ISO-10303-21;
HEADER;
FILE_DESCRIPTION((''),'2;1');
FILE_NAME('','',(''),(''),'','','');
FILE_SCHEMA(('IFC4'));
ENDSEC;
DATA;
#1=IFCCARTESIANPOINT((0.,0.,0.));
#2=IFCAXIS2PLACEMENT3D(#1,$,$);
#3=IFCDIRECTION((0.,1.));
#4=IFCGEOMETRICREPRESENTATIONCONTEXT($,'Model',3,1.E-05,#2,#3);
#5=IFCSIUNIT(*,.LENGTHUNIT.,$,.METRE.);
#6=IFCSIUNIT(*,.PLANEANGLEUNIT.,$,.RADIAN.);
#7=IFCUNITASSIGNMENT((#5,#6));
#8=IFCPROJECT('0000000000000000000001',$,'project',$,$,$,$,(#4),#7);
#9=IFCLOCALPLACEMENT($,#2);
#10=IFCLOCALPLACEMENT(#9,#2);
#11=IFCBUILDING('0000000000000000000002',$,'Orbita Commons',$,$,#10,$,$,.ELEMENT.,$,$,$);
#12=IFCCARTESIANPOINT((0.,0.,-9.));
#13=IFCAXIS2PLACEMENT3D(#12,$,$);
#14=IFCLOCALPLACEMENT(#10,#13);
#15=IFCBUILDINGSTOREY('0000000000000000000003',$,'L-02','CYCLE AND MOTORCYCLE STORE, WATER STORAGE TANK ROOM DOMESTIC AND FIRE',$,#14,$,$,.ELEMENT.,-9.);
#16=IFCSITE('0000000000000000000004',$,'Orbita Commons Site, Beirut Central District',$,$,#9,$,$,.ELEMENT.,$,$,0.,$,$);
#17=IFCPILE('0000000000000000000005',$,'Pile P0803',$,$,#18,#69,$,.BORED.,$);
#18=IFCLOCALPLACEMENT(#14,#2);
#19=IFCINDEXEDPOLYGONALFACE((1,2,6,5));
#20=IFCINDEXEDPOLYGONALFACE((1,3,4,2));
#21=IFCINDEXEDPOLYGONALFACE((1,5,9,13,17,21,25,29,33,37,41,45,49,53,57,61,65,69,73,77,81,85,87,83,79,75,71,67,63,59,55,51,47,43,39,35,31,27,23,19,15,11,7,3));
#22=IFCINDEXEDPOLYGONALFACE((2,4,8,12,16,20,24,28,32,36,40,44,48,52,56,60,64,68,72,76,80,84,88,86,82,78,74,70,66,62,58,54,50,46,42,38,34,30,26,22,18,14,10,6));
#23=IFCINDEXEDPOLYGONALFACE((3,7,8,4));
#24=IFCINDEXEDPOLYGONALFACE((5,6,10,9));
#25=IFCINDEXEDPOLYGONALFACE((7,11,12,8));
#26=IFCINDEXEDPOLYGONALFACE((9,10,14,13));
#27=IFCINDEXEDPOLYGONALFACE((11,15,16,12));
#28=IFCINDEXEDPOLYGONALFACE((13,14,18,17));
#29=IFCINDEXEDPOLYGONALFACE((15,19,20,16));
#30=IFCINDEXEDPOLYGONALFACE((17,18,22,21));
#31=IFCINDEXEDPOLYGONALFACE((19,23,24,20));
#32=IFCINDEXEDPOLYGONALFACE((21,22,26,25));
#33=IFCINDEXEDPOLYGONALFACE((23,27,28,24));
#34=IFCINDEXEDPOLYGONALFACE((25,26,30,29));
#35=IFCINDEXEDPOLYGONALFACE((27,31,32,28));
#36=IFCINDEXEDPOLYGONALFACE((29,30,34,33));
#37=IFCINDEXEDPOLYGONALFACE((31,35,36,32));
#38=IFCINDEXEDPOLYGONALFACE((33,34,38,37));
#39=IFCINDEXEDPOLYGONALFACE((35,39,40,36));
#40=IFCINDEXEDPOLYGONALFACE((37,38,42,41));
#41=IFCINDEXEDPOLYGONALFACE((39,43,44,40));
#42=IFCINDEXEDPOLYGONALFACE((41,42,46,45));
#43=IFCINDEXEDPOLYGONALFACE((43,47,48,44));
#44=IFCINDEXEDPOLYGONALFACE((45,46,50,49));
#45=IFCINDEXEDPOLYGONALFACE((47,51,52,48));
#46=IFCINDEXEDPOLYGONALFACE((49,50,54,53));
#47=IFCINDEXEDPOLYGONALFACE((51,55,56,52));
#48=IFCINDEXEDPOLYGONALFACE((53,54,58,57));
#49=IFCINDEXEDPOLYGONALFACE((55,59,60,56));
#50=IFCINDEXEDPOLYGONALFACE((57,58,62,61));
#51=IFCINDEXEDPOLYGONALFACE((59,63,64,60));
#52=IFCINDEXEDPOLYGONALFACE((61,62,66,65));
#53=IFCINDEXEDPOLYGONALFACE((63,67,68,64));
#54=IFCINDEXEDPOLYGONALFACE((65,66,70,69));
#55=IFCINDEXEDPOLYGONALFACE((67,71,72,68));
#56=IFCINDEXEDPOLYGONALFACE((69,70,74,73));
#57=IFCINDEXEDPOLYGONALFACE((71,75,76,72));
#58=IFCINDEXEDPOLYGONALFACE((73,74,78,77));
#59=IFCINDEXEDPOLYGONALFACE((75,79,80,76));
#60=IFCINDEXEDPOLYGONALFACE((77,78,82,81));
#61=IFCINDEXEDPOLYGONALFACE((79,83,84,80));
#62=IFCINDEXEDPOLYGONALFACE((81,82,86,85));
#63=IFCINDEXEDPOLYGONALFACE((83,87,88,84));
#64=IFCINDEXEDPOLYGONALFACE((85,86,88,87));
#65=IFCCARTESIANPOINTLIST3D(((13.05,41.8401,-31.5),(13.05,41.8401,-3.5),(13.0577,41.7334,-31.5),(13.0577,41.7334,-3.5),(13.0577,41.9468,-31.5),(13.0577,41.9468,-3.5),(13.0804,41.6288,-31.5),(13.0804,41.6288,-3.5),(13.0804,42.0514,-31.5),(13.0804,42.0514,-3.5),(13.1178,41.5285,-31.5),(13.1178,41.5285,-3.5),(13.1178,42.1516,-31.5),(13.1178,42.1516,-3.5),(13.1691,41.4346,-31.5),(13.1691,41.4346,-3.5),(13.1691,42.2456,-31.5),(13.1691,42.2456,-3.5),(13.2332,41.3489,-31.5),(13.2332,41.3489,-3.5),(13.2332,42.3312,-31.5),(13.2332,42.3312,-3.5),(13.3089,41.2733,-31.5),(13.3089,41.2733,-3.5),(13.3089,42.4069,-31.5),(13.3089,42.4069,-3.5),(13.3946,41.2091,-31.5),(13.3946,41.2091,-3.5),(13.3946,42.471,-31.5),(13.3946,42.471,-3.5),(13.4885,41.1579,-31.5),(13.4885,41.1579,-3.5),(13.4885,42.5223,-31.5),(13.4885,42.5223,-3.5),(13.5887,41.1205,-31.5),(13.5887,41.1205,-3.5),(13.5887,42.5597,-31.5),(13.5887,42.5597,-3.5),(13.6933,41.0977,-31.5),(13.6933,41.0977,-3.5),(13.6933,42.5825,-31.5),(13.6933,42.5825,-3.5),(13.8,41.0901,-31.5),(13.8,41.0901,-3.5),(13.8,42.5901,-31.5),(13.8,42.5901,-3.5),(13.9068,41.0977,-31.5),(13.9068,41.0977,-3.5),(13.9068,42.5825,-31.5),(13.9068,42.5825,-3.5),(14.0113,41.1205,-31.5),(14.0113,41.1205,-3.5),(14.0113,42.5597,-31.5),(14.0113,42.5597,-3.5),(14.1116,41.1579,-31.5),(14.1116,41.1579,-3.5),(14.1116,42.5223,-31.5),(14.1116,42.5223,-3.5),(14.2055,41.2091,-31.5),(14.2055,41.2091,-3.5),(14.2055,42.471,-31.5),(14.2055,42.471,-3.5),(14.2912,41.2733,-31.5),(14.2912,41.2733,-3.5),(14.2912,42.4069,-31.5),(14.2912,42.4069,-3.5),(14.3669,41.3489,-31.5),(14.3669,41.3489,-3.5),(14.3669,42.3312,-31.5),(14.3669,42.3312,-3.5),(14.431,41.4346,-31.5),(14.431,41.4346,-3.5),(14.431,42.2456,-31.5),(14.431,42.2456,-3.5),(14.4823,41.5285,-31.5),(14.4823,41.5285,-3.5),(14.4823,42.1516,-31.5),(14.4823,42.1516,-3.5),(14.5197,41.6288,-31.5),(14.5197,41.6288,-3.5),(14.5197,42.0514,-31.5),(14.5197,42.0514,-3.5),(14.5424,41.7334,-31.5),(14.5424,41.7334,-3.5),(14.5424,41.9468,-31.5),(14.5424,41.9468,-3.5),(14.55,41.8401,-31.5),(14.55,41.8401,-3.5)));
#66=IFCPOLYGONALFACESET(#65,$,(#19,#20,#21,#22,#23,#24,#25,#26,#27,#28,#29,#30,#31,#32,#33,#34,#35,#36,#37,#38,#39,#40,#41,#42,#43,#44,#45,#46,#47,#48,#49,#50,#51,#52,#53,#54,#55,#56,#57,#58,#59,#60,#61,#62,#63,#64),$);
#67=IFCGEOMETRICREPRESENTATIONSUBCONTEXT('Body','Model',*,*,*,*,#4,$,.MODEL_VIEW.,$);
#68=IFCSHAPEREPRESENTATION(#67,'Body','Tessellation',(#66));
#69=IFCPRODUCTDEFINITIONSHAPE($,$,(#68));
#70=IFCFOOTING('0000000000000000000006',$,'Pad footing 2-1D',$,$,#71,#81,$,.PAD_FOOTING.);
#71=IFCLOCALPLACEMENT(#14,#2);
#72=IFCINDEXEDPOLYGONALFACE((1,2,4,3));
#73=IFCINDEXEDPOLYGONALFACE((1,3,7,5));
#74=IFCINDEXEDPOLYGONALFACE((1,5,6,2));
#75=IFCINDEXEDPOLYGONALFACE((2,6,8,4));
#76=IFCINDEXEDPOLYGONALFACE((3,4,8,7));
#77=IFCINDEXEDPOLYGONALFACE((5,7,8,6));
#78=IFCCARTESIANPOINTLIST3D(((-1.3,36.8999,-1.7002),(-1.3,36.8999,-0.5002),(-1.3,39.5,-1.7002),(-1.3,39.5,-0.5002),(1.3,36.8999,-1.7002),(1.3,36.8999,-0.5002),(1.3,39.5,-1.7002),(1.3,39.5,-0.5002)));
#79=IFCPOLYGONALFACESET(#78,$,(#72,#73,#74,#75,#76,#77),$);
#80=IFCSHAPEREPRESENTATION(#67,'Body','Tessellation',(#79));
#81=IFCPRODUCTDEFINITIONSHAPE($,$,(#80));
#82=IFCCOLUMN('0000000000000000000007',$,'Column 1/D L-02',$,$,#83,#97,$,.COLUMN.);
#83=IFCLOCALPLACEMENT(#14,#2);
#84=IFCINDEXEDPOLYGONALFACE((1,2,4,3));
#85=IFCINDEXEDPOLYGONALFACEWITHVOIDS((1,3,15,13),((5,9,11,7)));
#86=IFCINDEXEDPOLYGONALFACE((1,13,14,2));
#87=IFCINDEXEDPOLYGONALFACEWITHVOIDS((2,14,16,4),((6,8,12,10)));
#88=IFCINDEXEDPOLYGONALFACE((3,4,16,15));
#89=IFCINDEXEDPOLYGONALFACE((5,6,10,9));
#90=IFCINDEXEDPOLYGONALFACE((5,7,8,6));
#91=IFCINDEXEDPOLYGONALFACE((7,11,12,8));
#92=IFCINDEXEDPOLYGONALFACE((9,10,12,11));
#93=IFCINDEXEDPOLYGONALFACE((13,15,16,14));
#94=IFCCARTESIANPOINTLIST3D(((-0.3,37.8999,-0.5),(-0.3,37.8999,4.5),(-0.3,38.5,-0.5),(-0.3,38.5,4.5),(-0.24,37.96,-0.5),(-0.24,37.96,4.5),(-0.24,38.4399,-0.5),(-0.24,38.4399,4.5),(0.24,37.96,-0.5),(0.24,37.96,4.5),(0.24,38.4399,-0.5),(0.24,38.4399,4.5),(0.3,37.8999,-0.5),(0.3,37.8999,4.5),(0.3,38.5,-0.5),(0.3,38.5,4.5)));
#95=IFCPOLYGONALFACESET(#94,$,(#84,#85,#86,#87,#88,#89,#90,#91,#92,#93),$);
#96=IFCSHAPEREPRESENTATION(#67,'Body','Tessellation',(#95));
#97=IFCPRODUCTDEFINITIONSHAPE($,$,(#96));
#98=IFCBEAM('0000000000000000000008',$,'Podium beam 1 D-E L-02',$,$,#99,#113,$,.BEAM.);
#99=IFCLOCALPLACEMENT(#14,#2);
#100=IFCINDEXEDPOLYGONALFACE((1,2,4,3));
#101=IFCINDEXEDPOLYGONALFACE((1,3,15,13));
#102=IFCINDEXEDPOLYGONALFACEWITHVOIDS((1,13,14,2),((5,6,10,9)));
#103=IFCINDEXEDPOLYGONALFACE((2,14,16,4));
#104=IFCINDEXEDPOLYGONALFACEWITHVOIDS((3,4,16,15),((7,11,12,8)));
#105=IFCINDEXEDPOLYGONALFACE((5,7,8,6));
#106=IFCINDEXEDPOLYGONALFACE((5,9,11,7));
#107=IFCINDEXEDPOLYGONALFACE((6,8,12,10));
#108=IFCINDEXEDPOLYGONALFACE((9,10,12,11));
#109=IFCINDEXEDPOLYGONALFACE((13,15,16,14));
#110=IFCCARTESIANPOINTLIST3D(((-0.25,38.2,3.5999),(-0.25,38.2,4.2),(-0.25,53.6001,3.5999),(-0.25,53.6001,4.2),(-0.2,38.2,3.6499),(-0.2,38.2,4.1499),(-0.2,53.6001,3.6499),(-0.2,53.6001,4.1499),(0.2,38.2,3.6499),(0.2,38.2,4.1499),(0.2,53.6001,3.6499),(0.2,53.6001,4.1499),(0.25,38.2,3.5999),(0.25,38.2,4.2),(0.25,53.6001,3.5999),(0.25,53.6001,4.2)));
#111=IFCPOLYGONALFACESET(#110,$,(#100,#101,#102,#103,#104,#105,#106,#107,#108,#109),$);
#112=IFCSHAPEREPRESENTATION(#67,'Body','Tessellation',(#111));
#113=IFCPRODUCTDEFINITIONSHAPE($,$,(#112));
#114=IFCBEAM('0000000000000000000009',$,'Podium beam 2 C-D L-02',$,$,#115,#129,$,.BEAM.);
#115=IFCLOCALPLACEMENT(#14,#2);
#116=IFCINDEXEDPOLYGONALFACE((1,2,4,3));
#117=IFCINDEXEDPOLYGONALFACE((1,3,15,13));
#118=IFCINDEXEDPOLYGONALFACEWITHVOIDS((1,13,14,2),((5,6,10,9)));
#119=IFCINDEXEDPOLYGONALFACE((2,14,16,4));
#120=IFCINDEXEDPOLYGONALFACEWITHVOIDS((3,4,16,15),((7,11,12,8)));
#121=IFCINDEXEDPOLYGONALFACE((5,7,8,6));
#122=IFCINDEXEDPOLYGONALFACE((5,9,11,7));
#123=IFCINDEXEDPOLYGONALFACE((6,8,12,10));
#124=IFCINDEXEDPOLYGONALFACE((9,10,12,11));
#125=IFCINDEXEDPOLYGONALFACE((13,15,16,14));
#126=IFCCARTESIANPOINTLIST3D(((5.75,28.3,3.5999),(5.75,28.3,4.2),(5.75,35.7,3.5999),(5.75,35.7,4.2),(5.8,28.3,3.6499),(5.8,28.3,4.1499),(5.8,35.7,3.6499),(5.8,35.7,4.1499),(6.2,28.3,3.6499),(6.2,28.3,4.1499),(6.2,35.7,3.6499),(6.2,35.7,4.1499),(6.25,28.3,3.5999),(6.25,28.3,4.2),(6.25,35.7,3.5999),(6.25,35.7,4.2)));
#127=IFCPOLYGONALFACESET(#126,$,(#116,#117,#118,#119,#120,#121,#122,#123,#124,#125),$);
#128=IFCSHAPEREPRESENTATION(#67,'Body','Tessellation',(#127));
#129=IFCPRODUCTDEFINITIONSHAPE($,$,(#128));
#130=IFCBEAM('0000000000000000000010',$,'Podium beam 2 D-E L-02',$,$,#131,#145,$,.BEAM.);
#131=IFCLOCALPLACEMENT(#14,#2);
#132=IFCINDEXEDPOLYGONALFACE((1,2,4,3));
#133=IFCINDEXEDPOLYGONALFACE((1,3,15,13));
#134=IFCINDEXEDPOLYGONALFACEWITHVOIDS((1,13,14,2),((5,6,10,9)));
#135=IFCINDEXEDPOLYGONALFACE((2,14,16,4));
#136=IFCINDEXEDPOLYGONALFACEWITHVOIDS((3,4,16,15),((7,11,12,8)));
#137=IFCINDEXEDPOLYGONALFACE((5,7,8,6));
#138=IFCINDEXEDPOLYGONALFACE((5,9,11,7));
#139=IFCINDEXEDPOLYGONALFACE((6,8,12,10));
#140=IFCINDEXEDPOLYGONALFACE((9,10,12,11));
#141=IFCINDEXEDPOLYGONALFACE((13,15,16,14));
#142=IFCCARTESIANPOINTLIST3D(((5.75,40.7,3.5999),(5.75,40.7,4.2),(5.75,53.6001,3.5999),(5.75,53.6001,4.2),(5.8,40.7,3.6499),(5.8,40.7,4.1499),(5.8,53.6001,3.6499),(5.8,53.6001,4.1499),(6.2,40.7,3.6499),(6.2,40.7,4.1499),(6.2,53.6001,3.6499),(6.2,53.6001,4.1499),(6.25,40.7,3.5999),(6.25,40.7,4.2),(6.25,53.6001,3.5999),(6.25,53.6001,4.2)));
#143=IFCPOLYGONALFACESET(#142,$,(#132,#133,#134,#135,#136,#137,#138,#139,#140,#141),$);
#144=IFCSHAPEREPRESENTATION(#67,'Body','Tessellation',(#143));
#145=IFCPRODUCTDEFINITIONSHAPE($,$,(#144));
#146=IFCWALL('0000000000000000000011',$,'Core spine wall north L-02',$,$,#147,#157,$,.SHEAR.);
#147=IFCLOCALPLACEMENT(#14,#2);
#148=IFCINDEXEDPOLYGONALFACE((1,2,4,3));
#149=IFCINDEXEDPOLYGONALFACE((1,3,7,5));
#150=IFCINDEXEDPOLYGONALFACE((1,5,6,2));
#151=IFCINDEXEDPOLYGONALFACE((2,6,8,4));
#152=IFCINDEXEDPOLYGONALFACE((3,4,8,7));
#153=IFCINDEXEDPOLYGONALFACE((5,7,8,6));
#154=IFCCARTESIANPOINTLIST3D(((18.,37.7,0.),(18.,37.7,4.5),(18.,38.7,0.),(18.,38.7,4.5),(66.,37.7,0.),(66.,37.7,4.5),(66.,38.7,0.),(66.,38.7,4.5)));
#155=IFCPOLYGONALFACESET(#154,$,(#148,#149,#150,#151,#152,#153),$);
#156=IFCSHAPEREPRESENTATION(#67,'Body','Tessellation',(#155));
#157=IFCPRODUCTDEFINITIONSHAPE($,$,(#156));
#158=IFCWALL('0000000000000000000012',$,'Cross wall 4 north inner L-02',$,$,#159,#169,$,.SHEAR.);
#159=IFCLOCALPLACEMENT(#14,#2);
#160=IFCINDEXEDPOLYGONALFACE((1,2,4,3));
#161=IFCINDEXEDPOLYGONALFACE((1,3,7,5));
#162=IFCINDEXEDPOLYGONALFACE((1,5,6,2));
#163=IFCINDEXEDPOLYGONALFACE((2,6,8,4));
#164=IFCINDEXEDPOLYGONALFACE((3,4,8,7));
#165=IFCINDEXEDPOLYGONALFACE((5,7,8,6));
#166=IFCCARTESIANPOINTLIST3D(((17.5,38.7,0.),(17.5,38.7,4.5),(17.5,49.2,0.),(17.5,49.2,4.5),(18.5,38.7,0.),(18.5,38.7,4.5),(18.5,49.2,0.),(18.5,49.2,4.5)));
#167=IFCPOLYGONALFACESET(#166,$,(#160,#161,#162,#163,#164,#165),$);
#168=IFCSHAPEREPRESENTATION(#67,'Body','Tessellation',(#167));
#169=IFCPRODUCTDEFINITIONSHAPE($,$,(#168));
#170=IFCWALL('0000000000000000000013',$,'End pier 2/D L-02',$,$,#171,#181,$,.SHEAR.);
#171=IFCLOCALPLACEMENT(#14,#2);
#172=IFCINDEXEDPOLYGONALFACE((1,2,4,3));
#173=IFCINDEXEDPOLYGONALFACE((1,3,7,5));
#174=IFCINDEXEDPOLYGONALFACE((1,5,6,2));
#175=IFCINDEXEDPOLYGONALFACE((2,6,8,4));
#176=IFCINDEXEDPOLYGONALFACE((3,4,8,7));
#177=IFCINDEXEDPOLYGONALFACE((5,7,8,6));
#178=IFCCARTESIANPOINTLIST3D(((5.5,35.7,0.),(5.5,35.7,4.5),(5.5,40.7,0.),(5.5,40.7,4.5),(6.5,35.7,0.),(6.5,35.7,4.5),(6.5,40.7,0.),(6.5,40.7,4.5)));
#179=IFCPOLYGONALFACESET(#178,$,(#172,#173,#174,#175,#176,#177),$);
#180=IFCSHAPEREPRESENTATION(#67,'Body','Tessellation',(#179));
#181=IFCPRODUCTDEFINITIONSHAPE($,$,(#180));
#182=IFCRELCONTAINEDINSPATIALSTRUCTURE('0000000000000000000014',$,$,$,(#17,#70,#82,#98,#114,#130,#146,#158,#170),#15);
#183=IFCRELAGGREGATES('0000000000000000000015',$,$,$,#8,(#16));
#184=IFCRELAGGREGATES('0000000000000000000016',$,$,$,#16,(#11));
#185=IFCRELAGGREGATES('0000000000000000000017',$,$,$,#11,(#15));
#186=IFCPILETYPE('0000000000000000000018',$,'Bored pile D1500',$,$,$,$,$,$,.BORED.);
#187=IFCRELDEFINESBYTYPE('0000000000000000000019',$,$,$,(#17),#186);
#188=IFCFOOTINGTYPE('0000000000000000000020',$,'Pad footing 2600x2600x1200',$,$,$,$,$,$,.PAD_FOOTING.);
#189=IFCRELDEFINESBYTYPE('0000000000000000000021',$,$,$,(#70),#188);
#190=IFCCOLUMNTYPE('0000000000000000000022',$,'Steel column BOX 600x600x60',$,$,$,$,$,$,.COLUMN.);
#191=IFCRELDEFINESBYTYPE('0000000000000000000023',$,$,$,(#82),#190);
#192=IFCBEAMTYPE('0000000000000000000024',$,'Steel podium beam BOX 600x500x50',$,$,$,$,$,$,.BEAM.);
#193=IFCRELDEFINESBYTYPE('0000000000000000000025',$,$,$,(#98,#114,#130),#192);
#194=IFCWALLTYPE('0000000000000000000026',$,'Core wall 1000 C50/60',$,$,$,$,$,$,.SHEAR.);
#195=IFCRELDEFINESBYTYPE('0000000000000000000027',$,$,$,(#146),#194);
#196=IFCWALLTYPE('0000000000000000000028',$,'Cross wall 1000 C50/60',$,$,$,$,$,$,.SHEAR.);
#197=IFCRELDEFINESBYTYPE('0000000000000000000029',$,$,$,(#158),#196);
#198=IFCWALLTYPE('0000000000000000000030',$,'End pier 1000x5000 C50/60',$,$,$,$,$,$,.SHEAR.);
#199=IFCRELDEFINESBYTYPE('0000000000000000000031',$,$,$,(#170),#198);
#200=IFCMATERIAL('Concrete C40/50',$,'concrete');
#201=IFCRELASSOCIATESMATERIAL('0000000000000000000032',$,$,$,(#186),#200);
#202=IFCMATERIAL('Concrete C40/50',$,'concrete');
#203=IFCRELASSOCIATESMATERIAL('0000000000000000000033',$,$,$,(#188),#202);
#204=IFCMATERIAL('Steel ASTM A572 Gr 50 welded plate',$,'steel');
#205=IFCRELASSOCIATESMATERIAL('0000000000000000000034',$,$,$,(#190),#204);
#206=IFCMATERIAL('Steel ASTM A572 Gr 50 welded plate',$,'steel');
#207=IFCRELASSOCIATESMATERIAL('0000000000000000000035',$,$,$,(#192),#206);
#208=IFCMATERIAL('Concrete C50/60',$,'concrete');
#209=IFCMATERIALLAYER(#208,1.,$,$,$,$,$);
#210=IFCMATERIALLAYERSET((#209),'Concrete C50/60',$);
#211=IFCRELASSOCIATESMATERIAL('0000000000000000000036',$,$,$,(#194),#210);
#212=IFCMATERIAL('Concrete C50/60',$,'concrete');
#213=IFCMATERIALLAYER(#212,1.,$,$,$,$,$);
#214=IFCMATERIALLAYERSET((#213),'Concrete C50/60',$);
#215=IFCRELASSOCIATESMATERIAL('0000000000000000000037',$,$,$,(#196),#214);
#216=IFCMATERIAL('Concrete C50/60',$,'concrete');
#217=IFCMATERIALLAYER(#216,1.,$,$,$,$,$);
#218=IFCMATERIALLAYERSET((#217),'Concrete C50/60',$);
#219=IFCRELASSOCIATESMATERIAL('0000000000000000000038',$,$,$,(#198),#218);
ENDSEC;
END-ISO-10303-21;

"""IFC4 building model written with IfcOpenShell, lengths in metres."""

from ifc_helpers import new_model, si_unit, direction, frame, frame_2d, origin, origin_2d, place, context, subcontext, project, spatial, rectangle, hollow_rectangle, circle, extrude, material, layer, layer_set, material_profile, profile_set, type_object, element, save


model = new_model("IFC4")

# Units and contexts
model_context = context("Model", 3, precision=1e-05, world=origin(), true_north=direction((0.0, 1.0)))
body_context = subcontext(model_context, "Body", "Model", "MODEL_VIEW")
ifc_project = project(units=[si_unit("LENGTHUNIT", "METRE"), si_unit("PLANEANGLEUNIT", "RADIAN")], contexts=[model_context])

# Site, building, storey
site_placement = place(None, origin())
site = spatial("IfcSite", under=ifc_project, at=site_placement, Name="Orbita Commons Site, Beirut Central District", CompositionType="ELEMENT", RefElevation=0.0)
building_placement = place(site_placement, origin())
building = spatial("IfcBuilding", under=site, at=building_placement, Name="Orbita Commons", CompositionType="ELEMENT")
storey_placement = place(building_placement, frame((0.0, 0.0, -9.0)))
storey = spatial("IfcBuildingStorey", under=building, at=storey_placement, Name="L-02", Description="CYCLE AND MOTORCYCLE STORE, WATER STORAGE TANK ROOM DOMESTIC AND FIRE", CompositionType="ELEMENT", Elevation=-9.0)

# Pile
ifc_material_1 = material(Name="Concrete C40/50", Category="concrete")
ifc_material_profile_1 = material_profile(ifc_material_1, circle(Radius=0.75, at=origin_2d()), Name="RC D1500")
ifc_profile_set_1 = profile_set([ifc_material_profile_1], Name="Concrete C40/50")
pile_type = type_object("IfcPileType", Name="Bored pile D1500", PredefinedType="BORED", material=ifc_profile_set_1)
for number, where, z_axis, x_axis, name in (
    (1, (13.8, 41.8401, -3.5), (0.0, 0.0, -1.0), (1.0, 0.0, 0.0), "Pile P0803"),
):
    element("IfcPile", number, at=place(storey_placement, frame(where, z_axis=z_axis, x_axis=x_axis)), inside=storey, type_object=pile_type, Name=name, PredefinedType="BORED", context=body_context, shape_type="SweptSolid", body=[
        extrude(circle(Radius=0.75, at=origin_2d()), origin(), (0.0, 0.0, 1.0), 28.0),
    ])

# Footing
ifc_material_2 = material(Name="Concrete C40/50", Category="concrete")
footing_type = type_object("IfcFootingType", Name="Pad footing 2600x2600x1200", PredefinedType="PAD_FOOTING", material=ifc_material_2)
footing_placement = place(storey_placement, frame((0.0, 38.2, -1.7002), z_axis=(0.0, 0.0, 1.0), x_axis=(1.0, 0.0, 0.0)))
element("IfcFooting", 2, at=footing_placement, inside=storey, type_object=footing_type, Name="Pad footing 2-1D", PredefinedType="PAD_FOOTING", context=body_context, shape_type="SweptSolid", body=[
    extrude(rectangle(XDim=2.6001, YDim=2.6001, at=origin_2d()), origin(), (0.0, 0.0, 1.0), 1.2),
])

# Column
ifc_material_3 = material(Name="Steel ASTM A572 Gr 50 welded plate", Category="steel")
ifc_material_profile_2 = material_profile(ifc_material_3, hollow_rectangle(XDim=0.6001, YDim=0.6001, WallThickness=0.0601, at=origin_2d()), Name="BOX 600x600x60")
ifc_profile_set_2 = profile_set([ifc_material_profile_2], Name="Steel ASTM A572 Gr 50 welded plate")
column_type = type_object("IfcColumnType", Name="Steel column BOX 600x600x60", PredefinedType="COLUMN", material=ifc_profile_set_2)
column_placement = place(storey_placement, frame((0.0, 38.2, -0.5), z_axis=(0.0, 0.0, 1.0), x_axis=(1.0, 0.0, 0.0)))
element("IfcColumn", 3, at=column_placement, inside=storey, type_object=column_type, Name="Column 1/D L-02", PredefinedType="COLUMN", context=body_context, shape_type="SweptSolid", body=[
    extrude(hollow_rectangle(XDim=0.6001, YDim=0.6001, WallThickness=0.0601, at=origin_2d()), origin(), (0.0, 0.0, 1.0), 5.0),
])

# Beams
ifc_material_4 = material(Name="Steel ASTM A572 Gr 50 welded plate", Category="steel")
ifc_material_profile_3 = material_profile(ifc_material_4, hollow_rectangle(XDim=0.5, YDim=0.6001, WallThickness=0.05, at=origin_2d()), Name="BOX 600x500x50")
ifc_profile_set_3 = profile_set([ifc_material_profile_3], Name="Steel ASTM A572 Gr 50 welded plate")
beam_type = type_object("IfcBeamType", Name="Steel podium beam BOX 600x500x50", PredefinedType="BEAM", material=ifc_profile_set_3)
beam_1_placement = place(storey_placement, frame((0.0, 38.2, 3.8999), z_axis=(0.0, 1.0, 0.0), x_axis=(-1.0, 0.0, 0.0)))
element("IfcBeam", 4, at=beam_1_placement, inside=storey, type_object=beam_type, Name="Podium beam 1 D-E L-02", PredefinedType="BEAM", context=body_context, shape_type="SweptSolid", body=[
    extrude(hollow_rectangle(XDim=0.5, YDim=0.6001, WallThickness=0.05, at=origin_2d()), origin(), (0.0, 0.0, 1.0), 15.4001),
])
beam_2_placement = place(storey_placement, frame((6.0, 28.3, 3.8999), z_axis=(0.0, 1.0, 0.0), x_axis=(-1.0, 0.0, 0.0)))
element("IfcBeam", 5, at=beam_2_placement, inside=storey, type_object=beam_type, Name="Podium beam 2 C-D L-02", PredefinedType="BEAM", context=body_context, shape_type="SweptSolid", body=[
    extrude(hollow_rectangle(XDim=0.5, YDim=0.6001, WallThickness=0.05, at=origin_2d()), origin(), (0.0, 0.0, 1.0), 7.3999),
])
beam_3_placement = place(storey_placement, frame((6.0, 40.7, 3.8999), z_axis=(0.0, 1.0, 0.0), x_axis=(-1.0, 0.0, 0.0)))
element("IfcBeam", 6, at=beam_3_placement, inside=storey, type_object=beam_type, Name="Podium beam 2 D-E L-02", PredefinedType="BEAM", context=body_context, shape_type="SweptSolid", body=[
    extrude(hollow_rectangle(XDim=0.5, YDim=0.6001, WallThickness=0.05, at=origin_2d()), origin(), (0.0, 0.0, 1.0), 12.9001),
])

# Walls
ifc_material_5 = material(Name="Concrete C50/60", Category="concrete")
ifc_layer_1 = layer(ifc_material_5, 1.0)
ifc_layer_set_1 = layer_set([ifc_layer_1], Name="Concrete C50/60")
wall_type_1 = type_object("IfcWallType", Name="Core wall 1000 C50/60", PredefinedType="SHEAR", material=ifc_layer_set_1)
wall_1_placement = place(storey_placement, frame((18.0, 38.2, 0.0), z_axis=(0.0, 0.0, 1.0), x_axis=(1.0, 0.0, 0.0)))
element("IfcWall", 7, at=wall_1_placement, inside=storey, type_object=wall_type_1, Name="Core spine wall north L-02", PredefinedType="SHEAR", context=body_context, shape_type="SweptSolid", body=[
    extrude(rectangle(XDim=48.0, YDim=1.0, at=frame_2d((24.0, 0.0))), origin(), (0.0, 0.0, 1.0), 4.5),
])
ifc_material_6 = material(Name="Concrete C50/60", Category="concrete")
ifc_layer_2 = layer(ifc_material_6, 1.0)
ifc_layer_set_2 = layer_set([ifc_layer_2], Name="Concrete C50/60")
wall_type_2 = type_object("IfcWallType", Name="Cross wall 1000 C50/60", PredefinedType="SHEAR", material=ifc_layer_set_2)
wall_2_placement = place(storey_placement, frame((18.0, 38.7, 0.0), z_axis=(0.0, 0.0, 1.0), x_axis=(0.0, 1.0, 0.0)))
element("IfcWall", 8, at=wall_2_placement, inside=storey, type_object=wall_type_2, Name="Cross wall 4 north inner L-02", PredefinedType="SHEAR", context=body_context, shape_type="SweptSolid", body=[
    extrude(rectangle(XDim=10.5, YDim=1.0, at=frame_2d((5.25, 0.0))), origin(), (0.0, 0.0, 1.0), 4.5),
])
ifc_material_7 = material(Name="Concrete C50/60", Category="concrete")
ifc_layer_3 = layer(ifc_material_7, 1.0)
ifc_layer_set_3 = layer_set([ifc_layer_3], Name="Concrete C50/60")
wall_type_3 = type_object("IfcWallType", Name="End pier 1000x5000 C50/60", PredefinedType="SHEAR", material=ifc_layer_set_3)
wall_3_placement = place(storey_placement, frame((6.0, 35.7, 0.0), z_axis=(0.0, 0.0, 1.0), x_axis=(0.0, 1.0, 0.0)))
element("IfcWall", 9, at=wall_3_placement, inside=storey, type_object=wall_type_3, Name="End pier 2/D L-02", PredefinedType="SHEAR", context=body_context, shape_type="SweptSolid", body=[
    extrude(rectangle(XDim=5.0, YDim=1.0, at=frame_2d((2.5, 0.0))), origin(), (0.0, 0.0, 1.0), 4.5),
])

save(model, "model.ifc")
